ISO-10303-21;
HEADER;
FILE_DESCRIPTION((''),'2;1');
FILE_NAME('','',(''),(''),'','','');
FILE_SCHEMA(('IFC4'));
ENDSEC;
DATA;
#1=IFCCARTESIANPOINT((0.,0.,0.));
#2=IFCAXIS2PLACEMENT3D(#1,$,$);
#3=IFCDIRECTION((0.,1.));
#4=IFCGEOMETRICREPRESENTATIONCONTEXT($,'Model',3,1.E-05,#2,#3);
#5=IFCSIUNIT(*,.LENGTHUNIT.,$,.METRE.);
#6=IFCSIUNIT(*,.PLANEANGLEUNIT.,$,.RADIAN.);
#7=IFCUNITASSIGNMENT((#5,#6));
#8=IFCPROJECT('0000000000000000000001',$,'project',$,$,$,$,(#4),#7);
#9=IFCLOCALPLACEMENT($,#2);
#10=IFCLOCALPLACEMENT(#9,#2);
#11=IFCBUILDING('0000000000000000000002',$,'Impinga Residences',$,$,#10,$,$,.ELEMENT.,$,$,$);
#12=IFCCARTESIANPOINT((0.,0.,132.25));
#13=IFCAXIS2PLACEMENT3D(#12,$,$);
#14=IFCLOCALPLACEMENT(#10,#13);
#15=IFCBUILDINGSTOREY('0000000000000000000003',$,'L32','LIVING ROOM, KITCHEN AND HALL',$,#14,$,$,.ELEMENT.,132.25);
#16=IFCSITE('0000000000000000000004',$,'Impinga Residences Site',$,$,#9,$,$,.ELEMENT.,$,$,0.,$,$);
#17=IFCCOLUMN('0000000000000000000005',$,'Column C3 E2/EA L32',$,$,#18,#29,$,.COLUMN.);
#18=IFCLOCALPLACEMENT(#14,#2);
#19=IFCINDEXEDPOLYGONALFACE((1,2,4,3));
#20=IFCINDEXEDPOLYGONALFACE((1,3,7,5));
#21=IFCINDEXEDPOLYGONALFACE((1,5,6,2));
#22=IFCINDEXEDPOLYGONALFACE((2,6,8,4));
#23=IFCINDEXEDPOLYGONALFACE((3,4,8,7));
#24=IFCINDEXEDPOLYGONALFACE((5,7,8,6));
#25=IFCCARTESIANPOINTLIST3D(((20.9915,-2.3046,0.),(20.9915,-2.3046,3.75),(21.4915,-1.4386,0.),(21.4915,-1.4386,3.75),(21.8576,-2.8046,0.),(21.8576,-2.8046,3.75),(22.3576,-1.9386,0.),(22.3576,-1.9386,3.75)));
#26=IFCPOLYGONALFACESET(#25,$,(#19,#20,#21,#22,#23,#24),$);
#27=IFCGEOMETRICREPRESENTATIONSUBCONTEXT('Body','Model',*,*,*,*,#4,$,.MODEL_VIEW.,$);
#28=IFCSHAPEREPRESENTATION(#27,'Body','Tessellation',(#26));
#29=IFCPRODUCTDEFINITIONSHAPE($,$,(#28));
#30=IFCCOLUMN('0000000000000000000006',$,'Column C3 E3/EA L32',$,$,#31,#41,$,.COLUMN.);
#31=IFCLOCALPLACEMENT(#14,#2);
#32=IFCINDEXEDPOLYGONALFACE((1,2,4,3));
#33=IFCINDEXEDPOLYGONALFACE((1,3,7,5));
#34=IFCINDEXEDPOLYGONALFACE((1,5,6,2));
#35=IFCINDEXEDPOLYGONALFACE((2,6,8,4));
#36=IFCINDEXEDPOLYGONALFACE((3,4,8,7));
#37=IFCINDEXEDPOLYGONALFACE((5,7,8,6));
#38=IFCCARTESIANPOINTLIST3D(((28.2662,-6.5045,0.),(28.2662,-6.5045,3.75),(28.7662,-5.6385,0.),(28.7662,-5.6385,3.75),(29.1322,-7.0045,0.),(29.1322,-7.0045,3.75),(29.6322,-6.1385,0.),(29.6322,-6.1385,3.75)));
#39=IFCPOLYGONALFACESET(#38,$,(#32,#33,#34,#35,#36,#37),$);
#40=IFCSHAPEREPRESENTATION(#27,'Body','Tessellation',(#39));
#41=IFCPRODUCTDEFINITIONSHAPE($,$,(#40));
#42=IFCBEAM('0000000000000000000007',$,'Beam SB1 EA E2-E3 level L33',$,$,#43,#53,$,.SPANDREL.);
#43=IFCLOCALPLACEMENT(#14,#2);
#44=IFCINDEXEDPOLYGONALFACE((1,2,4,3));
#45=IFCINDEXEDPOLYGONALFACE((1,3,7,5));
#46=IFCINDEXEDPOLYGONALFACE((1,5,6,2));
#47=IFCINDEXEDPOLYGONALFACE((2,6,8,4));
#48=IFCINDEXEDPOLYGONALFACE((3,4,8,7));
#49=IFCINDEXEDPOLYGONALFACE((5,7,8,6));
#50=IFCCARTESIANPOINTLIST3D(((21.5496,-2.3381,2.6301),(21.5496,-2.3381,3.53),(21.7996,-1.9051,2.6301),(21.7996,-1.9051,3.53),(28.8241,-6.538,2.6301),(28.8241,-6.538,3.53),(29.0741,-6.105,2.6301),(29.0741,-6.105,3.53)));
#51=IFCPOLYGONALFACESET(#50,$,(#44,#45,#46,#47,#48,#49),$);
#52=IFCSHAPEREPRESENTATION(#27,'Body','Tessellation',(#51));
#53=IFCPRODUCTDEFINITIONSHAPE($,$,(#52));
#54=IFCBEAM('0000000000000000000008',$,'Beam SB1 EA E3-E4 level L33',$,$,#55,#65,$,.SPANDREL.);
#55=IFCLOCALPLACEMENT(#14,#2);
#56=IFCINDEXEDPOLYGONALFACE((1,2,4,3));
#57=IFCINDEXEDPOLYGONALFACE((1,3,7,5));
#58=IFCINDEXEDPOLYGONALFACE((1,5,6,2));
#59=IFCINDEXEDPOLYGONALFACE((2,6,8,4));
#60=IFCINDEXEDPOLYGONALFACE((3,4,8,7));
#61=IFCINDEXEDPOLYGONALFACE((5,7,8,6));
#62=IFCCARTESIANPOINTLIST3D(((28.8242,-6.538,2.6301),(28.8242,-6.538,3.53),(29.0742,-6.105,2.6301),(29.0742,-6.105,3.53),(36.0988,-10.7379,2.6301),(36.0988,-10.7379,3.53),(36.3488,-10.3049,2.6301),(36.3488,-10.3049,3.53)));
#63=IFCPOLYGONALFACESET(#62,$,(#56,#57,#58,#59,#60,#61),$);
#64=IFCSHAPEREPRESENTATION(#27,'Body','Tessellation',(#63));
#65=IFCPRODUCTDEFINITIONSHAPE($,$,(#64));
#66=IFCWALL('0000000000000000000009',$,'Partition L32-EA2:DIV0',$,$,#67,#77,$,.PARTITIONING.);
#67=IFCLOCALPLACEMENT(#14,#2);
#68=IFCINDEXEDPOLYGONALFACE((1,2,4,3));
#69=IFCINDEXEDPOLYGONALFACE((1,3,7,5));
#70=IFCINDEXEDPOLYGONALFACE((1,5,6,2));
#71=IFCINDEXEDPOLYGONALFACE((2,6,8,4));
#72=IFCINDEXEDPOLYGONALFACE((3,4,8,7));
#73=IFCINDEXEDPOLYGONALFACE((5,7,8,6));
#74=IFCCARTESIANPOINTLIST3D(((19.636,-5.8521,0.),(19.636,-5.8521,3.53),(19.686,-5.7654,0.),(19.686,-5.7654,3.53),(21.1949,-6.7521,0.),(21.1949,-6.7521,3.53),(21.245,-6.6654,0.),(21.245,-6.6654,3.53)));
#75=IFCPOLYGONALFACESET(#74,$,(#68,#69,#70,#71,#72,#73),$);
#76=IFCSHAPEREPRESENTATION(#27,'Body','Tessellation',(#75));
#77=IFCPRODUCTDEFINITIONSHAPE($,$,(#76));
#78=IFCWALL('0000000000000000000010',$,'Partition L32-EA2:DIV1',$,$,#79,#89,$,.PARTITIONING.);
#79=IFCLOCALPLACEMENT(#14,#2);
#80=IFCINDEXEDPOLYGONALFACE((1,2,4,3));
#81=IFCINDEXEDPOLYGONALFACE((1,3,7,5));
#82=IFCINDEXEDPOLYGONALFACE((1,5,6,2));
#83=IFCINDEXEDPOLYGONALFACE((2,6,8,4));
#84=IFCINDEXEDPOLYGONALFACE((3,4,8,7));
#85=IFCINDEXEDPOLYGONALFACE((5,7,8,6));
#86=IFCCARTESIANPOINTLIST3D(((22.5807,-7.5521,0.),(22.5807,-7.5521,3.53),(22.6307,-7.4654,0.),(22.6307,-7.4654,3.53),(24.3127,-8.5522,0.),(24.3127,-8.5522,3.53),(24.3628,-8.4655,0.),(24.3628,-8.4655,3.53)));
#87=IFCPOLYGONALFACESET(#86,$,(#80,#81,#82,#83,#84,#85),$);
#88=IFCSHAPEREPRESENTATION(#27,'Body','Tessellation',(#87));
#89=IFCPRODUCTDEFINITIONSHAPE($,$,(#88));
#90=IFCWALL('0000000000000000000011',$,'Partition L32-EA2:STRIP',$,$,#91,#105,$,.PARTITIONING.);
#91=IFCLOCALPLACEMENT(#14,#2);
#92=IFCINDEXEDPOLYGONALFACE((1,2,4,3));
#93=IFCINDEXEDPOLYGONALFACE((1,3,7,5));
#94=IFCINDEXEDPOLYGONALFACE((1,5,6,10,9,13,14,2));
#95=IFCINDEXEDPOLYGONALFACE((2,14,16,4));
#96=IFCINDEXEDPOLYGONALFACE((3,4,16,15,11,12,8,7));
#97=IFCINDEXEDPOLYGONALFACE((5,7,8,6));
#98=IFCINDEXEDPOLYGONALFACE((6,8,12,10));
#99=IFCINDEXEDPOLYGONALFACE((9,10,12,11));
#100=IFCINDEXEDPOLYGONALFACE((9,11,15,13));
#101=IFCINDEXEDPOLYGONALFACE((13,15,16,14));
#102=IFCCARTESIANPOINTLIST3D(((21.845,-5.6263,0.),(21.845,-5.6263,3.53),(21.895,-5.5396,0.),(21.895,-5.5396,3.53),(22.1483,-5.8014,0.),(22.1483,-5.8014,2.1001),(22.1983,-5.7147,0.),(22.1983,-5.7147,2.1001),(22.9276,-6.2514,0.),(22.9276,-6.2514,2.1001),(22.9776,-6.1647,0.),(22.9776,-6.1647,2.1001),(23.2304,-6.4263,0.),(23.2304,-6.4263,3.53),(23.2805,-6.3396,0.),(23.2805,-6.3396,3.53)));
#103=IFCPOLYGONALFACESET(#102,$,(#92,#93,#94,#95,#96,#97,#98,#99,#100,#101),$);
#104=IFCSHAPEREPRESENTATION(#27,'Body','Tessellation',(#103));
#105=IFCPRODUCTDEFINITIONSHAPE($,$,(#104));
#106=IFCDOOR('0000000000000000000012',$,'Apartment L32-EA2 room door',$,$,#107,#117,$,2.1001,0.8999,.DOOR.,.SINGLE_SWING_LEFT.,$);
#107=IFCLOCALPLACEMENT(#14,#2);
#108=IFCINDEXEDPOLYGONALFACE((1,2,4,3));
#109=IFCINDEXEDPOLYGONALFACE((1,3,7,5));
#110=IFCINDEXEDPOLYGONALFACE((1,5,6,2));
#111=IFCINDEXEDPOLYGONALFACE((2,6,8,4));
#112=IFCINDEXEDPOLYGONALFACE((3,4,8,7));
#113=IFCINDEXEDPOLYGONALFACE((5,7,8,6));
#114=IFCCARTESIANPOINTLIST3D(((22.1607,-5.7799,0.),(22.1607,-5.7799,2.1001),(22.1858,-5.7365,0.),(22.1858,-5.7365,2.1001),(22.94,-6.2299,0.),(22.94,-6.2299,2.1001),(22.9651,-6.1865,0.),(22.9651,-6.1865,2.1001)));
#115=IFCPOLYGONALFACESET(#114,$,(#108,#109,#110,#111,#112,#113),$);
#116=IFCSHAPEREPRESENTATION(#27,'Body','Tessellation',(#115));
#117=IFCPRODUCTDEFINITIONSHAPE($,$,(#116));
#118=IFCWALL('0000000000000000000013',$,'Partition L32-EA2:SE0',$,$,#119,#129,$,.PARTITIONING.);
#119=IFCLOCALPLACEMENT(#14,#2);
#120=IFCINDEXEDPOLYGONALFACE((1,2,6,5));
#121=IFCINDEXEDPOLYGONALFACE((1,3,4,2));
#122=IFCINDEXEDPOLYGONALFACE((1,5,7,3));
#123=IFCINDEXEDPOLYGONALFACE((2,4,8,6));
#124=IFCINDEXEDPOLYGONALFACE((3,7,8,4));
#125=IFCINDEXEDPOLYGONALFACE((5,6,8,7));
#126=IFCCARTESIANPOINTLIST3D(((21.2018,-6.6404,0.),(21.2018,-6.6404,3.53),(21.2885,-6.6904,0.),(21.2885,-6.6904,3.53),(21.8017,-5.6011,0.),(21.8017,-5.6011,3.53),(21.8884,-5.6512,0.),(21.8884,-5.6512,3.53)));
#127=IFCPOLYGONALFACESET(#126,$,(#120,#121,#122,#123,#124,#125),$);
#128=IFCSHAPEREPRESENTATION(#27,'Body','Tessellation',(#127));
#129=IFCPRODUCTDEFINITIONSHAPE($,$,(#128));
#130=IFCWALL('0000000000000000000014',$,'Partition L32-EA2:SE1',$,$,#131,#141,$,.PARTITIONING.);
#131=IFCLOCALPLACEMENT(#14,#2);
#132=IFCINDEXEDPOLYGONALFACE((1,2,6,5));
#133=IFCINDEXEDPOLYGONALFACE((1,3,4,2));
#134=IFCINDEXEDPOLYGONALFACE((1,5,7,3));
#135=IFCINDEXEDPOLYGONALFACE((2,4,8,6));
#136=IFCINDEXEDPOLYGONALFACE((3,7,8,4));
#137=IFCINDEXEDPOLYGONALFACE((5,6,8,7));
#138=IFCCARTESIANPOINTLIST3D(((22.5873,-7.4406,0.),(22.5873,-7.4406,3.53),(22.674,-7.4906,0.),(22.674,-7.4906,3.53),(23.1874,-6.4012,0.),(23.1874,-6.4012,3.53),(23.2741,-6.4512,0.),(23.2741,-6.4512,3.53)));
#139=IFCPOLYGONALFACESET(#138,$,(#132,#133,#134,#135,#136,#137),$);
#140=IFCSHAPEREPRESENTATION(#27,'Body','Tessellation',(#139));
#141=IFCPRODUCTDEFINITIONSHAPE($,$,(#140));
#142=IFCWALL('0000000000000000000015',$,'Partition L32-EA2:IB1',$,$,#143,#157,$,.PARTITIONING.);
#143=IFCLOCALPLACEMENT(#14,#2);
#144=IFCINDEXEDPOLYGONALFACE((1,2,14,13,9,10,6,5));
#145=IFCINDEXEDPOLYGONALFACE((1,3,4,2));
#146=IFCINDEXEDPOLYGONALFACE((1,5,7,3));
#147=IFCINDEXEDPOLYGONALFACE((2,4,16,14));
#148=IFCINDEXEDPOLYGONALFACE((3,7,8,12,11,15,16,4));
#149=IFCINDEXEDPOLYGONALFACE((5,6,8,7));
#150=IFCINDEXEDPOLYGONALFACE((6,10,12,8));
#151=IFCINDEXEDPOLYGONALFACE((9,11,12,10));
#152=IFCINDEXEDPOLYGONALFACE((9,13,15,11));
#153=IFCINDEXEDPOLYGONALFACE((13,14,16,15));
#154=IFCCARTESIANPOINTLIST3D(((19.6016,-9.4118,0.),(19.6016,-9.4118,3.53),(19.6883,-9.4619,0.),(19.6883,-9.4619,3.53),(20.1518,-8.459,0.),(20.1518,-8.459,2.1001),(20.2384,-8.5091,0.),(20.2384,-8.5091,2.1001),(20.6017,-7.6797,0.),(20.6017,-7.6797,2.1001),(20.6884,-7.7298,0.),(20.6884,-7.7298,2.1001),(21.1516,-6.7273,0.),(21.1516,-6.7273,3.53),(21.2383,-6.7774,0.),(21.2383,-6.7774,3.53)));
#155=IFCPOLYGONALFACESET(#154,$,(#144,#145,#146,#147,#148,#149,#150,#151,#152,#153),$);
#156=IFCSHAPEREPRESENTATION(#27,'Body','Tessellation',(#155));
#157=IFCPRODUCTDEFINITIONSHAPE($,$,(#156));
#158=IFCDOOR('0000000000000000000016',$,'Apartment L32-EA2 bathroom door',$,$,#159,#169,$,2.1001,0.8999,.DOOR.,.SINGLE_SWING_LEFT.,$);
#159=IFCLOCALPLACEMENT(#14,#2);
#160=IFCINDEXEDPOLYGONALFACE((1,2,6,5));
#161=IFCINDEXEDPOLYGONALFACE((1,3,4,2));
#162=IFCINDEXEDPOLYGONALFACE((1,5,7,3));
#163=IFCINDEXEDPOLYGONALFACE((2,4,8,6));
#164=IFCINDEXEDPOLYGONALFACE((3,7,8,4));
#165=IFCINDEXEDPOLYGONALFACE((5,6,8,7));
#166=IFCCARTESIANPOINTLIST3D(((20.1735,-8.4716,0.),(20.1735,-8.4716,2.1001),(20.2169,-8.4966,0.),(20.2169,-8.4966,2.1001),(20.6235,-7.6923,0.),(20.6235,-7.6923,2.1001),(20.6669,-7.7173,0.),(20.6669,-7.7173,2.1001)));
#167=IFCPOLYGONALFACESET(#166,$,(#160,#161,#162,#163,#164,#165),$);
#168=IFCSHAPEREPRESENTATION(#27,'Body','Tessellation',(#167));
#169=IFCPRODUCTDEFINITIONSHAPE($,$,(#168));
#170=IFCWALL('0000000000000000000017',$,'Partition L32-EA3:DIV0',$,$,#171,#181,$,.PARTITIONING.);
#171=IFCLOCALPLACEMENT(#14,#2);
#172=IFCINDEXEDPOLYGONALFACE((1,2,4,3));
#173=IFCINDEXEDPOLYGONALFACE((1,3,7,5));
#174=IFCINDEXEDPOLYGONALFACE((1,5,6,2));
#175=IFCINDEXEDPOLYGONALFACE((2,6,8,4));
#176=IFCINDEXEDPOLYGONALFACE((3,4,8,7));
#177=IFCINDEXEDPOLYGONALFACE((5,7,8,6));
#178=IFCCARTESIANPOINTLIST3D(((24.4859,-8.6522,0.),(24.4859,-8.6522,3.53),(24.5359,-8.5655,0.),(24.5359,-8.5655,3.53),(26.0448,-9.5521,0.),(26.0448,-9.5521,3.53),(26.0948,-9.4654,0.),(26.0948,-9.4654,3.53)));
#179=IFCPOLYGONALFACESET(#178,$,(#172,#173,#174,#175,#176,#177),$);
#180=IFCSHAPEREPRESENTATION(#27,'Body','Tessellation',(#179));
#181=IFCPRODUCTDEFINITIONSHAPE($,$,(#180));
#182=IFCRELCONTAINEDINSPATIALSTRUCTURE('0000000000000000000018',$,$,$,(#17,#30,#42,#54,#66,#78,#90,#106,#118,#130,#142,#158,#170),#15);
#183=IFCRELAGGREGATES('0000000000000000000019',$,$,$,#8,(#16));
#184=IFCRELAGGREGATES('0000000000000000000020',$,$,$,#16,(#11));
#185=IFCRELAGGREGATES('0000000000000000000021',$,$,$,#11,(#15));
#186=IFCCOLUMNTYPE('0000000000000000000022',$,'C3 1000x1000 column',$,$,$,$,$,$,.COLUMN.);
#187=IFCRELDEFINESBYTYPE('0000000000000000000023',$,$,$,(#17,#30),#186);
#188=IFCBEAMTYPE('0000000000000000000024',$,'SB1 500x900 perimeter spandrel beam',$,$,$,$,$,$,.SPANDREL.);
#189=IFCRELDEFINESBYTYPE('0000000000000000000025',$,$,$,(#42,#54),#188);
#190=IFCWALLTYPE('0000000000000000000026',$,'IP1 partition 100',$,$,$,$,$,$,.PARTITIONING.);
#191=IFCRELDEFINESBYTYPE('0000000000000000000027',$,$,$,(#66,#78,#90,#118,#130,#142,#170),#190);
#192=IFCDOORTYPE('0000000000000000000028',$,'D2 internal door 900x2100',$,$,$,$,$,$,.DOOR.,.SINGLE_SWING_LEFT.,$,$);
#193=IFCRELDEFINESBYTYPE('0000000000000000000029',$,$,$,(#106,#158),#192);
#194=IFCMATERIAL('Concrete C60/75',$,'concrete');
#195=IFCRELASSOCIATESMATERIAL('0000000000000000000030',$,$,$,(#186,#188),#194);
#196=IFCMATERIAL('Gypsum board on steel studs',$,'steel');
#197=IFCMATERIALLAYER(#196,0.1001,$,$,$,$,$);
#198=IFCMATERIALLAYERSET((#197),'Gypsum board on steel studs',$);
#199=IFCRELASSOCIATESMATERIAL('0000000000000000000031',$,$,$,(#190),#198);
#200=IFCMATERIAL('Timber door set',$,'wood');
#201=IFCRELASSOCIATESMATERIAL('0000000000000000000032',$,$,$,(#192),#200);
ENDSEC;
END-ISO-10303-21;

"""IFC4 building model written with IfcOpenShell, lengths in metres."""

from ifc_helpers import new_model, si_unit, direction, frame, frame_2d, origin, origin_2d, place, context, subcontext, project, spatial, rectangle, extrude, material, layer, layer_set, material_profile, profile_set, type_object, element, fill, save


model = new_model("IFC4")

# Units and contexts
model_context = context("Model", 3, precision=1e-05, world=origin(), true_north=direction((0.0, 1.0)))
body_context = subcontext(model_context, "Body", "Model", "MODEL_VIEW")
ifc_project = project(units=[si_unit("LENGTHUNIT", "METRE"), si_unit("PLANEANGLEUNIT", "RADIAN")], contexts=[model_context])

# Site, building, storey
site_placement = place(None, origin())
site = spatial("IfcSite", under=ifc_project, at=site_placement, Name="Impinga Residences Site", CompositionType="ELEMENT", RefElevation=0.0)
building_placement = place(site_placement, origin())
building = spatial("IfcBuilding", under=site, at=building_placement, Name="Impinga Residences", CompositionType="ELEMENT")
storey_placement = place(building_placement, frame((0.0, 0.0, 132.25)))
storey = spatial("IfcBuildingStorey", under=building, at=storey_placement, Name="L32", Description="LIVING ROOM, KITCHEN AND HALL", CompositionType="ELEMENT", Elevation=132.25)

# Columns
ifc_material_1 = material(Name="Concrete C60/75", Category="concrete")
ifc_material_profile_1 = material_profile(ifc_material_1, rectangle(XDim=1.0, YDim=1.0, at=origin_2d()), Name="RC 1000x1000")
ifc_profile_set_1 = profile_set([ifc_material_profile_1], Name="Concrete C60/75")
column_type = type_object("IfcColumnType", Name="C3 1000x1000 column", PredefinedType="COLUMN", material=ifc_profile_set_1)
for number, where, z_axis, x_axis, name in (
    (1, (21.6746, -2.1216, 0.0), (0.0, 0.0, 1.0), (-0.5, -0.866025, 0.0), "Column C3 E2/EA L32"),
    (2, (28.9492, -6.3215, 0.0), (0.0, 0.0, 1.0), (-0.5, -0.866025, 0.0), "Column C3 E3/EA L32"),
):
    element("IfcColumn", number, at=place(storey_placement, frame(where, z_axis=z_axis, x_axis=x_axis)), inside=storey, type_object=column_type, Name=name, PredefinedType="COLUMN", context=body_context, shape_type="SweptSolid", body=[
        extrude(rectangle(XDim=1.0, YDim=1.0, at=origin_2d()), origin(), (0.0, 0.0, 1.0), 3.75),
    ])

# Beams
ifc_material_profile_2 = material_profile(ifc_material_1, rectangle(XDim=0.5, YDim=0.8999, at=origin_2d()), Name="RC 500x900")
ifc_profile_set_2 = profile_set([ifc_material_profile_2], Name="Concrete C60/75")
beam_type = type_object("IfcBeamType", Name="SB1 500x900 perimeter spandrel beam", PredefinedType="SPANDREL", material=ifc_profile_set_2)
for number, where, z_axis, x_axis, name in (
    (3, (21.6746, -2.1216, 3.0801), (0.866029, -0.499993, 0.0), (0.499993, 0.866029, 0.0), "Beam SB1 EA E2-E3 level L33"),
    (4, (28.9492, -6.3215, 3.0801), (0.866029, -0.499993, 0.0), (0.499993, 0.866029, 0.0), "Beam SB1 EA E3-E4 level L33"),
):
    element("IfcBeam", number, at=place(storey_placement, frame(where, z_axis=z_axis, x_axis=x_axis)), inside=storey, type_object=beam_type, Name=name, PredefinedType="SPANDREL", context=body_context, shape_type="SweptSolid", body=[
        extrude(rectangle(XDim=0.5, YDim=0.8999, at=origin_2d()), origin(), (0.0, 0.0, 1.0), 8.3999),
    ])

# Walls
ifc_material_2 = material(Name="Gypsum board on steel studs", Category="steel")
ifc_layer_1 = layer(ifc_material_2, 0.1001)
ifc_layer_set_1 = layer_set([ifc_layer_1], Name="Gypsum board on steel studs")
wall_type_1 = type_object("IfcWallType", Name="IP1 partition 100", PredefinedType="PARTITIONING", material=ifc_layer_set_1)
wall_1_placement = place(storey_placement, frame((19.6611, -5.8088, 0.0), z_axis=(0.0, 0.0, 1.0), x_axis=(0.866048, -0.499961, 0.0)))
element("IfcWall", 5, at=wall_1_placement, inside=storey, type_object=wall_type_1, Name="Partition L32-EA2:DIV0", PredefinedType="PARTITIONING", context=body_context, shape_type="SweptSolid", body=[
    extrude(rectangle(XDim=1.8, YDim=0.1001, at=frame_2d((0.8999, 0.0))), origin(), (0.0, 0.0, 1.0), 3.53),
])
wall_2_placement = place(storey_placement, frame((22.6057, -7.5088, 0.0), z_axis=(0.0, 0.0, 1.0), x_axis=(0.866011, -0.500025, 0.0)))
element("IfcWall", 6, at=wall_2_placement, inside=storey, type_object=wall_type_1, Name="Partition L32-EA2:DIV1", PredefinedType="PARTITIONING", context=body_context, shape_type="SweptSolid", body=[
    extrude(rectangle(XDim=2.0, YDim=0.1001, at=frame_2d((1.0, 0.0))), origin(), (0.0, 0.0, 1.0), 3.53),
])

# Wall, opening, door
wall_3_placement = place(storey_placement, frame((21.8701, -5.583, 0.0), z_axis=(0.0, 0.0, 1.0), x_axis=(0.86599, -0.500061, 0.0)))
wall_3 = element("IfcWall", 7, at=wall_3_placement, inside=storey, type_object=wall_type_1, Name="Partition L32-EA2:STRIP", PredefinedType="PARTITIONING", context=body_context, shape_type="SweptSolid", body=[
    extrude(rectangle(XDim=1.5999, YDim=0.1001, at=frame_2d((0.7998, 0.0))), origin(), (0.0, 0.0, 1.0), 3.53),
])
opening_1_placement = place(wall_3_placement, frame((0.3501, 0.0, 0.0)))
opening_1 = element("IfcOpeningElement", 8, at=opening_1_placement, cuts=wall_3, PredefinedType="OPENING", context=body_context, shape_type="SweptSolid", body=[
    extrude(rectangle(XDim=0.8999, YDim=2.1001, at=frame_2d((0.45, 1.05))), frame((0.0, 0.0601, 0.0), z_axis=(0.0, -1.0, 0.0), x_axis=(1.0, 0.0, 0.0)), (0.0, 0.0, 1.0), 0.1201),
])
ifc_material_3 = material(Name="Timber door set", Category="wood")
door_type = type_object("IfcDoorType", Name="D2 internal door 900x2100", OperationType="SINGLE_SWING_LEFT", PredefinedType="DOOR", material=ifc_material_3)
door_1_placement = place(opening_1_placement, origin())
door_1 = element("IfcDoor", 9, at=door_1_placement, inside=storey, type_object=door_type, Name="Apartment L32-EA2 room door", OperationType="SINGLE_SWING_LEFT", OverallHeight=2.1001, OverallWidth=0.8999, PredefinedType="DOOR", context=body_context, shape_type="SweptSolid", body=[
    extrude(rectangle(XDim=0.8999, YDim=2.1001, at=frame_2d((0.45, 1.05))), frame((0.0, 0.0249, 0.0), z_axis=(0.0, -1.0, 0.0), x_axis=(1.0, 0.0, 0.0)), (0.0, 0.0, 1.0), 0.05),
])
fill(opening_1, door_1)

# Walls
wall_4_placement = place(storey_placement, frame((21.2451, -6.6655, 0.0), z_axis=(0.0, 0.0, 1.0), x_axis=(0.499881, 0.866094, 0.0)))
element("IfcWall", 10, at=wall_4_placement, inside=storey, type_object=wall_type_1, Name="Partition L32-EA2:SE0", PredefinedType="PARTITIONING", context=body_context, shape_type="SweptSolid", body=[
    extrude(rectangle(XDim=1.2, YDim=0.1001, at=frame_2d((0.6001, 0.0))), origin(), (0.0, 0.0, 1.0), 3.53),
])
wall_5_placement = place(storey_placement, frame((22.6306, -7.4656, 0.0), z_axis=(0.0, 0.0, 1.0), x_axis=(0.500034, 0.866006, 0.0)))
element("IfcWall", 11, at=wall_5_placement, inside=storey, type_object=wall_type_1, Name="Partition L32-EA2:SE1", PredefinedType="PARTITIONING", context=body_context, shape_type="SweptSolid", body=[
    extrude(rectangle(XDim=1.2002, YDim=0.1001, at=frame_2d((0.6001, 0.0))), origin(), (0.0, 0.0, 1.0), 3.53),
])

# Wall, opening, door
wall_6_placement = place(storey_placement, frame((19.645, -9.4368, 0.0), z_axis=(0.0, 0.0, 1.0), x_axis=(0.500027, 0.86601, 0.0)))
wall_6 = element("IfcWall", 12, at=wall_6_placement, inside=storey, type_object=wall_type_1, Name="Partition L32-EA2:IB1", PredefinedType="PARTITIONING", context=body_context, shape_type="SweptSolid", body=[
    extrude(rectangle(XDim=3.0999, YDim=0.1001, at=frame_2d((1.5498, 0.0))), origin(), (0.0, 0.0, 1.0), 3.53),
])
opening_2_placement = place(wall_6_placement, frame((1.1001, 0.0, 0.0)))
opening_2 = element("IfcOpeningElement", 13, at=opening_2_placement, cuts=wall_6, PredefinedType="OPENING", context=body_context, shape_type="SweptSolid", body=[
    extrude(rectangle(XDim=0.8999, YDim=2.1001, at=frame_2d((0.45, 1.05))), frame((0.0, 0.0601, 0.0), z_axis=(0.0, -1.0, 0.0), x_axis=(1.0, 0.0, 0.0)), (0.0, 0.0, 1.0), 0.1201),
])
door_2_placement = place(opening_2_placement, origin())
door_2 = element("IfcDoor", 14, at=door_2_placement, inside=storey, type_object=door_type, Name="Apartment L32-EA2 bathroom door", OperationType="SINGLE_SWING_LEFT", OverallHeight=2.1001, OverallWidth=0.8999, PredefinedType="DOOR", context=body_context, shape_type="SweptSolid", body=[
    extrude(rectangle(XDim=0.8999, YDim=2.1001, at=frame_2d((0.45, 1.05))), frame((0.0, 0.0249, 0.0), z_axis=(0.0, -1.0, 0.0), x_axis=(1.0, 0.0, 0.0)), (0.0, 0.0, 1.0), 0.05),
])
fill(opening_2, door_2)

# Wall
wall_7_placement = place(storey_placement, frame((24.511, -8.6089, 0.0), z_axis=(0.0, 0.0, 1.0), x_axis=(0.866048, -0.499961, 0.0)))
element("IfcWall", 15, at=wall_7_placement, inside=storey, type_object=wall_type_1, Name="Partition L32-EA3:DIV0", PredefinedType="PARTITIONING", context=body_context, shape_type="SweptSolid", body=[
    extrude(rectangle(XDim=1.8, YDim=0.1001, at=frame_2d((0.8999, 0.0))), origin(), (0.0, 0.0, 1.0), 3.53),
])

save(model, "model.ifc")
